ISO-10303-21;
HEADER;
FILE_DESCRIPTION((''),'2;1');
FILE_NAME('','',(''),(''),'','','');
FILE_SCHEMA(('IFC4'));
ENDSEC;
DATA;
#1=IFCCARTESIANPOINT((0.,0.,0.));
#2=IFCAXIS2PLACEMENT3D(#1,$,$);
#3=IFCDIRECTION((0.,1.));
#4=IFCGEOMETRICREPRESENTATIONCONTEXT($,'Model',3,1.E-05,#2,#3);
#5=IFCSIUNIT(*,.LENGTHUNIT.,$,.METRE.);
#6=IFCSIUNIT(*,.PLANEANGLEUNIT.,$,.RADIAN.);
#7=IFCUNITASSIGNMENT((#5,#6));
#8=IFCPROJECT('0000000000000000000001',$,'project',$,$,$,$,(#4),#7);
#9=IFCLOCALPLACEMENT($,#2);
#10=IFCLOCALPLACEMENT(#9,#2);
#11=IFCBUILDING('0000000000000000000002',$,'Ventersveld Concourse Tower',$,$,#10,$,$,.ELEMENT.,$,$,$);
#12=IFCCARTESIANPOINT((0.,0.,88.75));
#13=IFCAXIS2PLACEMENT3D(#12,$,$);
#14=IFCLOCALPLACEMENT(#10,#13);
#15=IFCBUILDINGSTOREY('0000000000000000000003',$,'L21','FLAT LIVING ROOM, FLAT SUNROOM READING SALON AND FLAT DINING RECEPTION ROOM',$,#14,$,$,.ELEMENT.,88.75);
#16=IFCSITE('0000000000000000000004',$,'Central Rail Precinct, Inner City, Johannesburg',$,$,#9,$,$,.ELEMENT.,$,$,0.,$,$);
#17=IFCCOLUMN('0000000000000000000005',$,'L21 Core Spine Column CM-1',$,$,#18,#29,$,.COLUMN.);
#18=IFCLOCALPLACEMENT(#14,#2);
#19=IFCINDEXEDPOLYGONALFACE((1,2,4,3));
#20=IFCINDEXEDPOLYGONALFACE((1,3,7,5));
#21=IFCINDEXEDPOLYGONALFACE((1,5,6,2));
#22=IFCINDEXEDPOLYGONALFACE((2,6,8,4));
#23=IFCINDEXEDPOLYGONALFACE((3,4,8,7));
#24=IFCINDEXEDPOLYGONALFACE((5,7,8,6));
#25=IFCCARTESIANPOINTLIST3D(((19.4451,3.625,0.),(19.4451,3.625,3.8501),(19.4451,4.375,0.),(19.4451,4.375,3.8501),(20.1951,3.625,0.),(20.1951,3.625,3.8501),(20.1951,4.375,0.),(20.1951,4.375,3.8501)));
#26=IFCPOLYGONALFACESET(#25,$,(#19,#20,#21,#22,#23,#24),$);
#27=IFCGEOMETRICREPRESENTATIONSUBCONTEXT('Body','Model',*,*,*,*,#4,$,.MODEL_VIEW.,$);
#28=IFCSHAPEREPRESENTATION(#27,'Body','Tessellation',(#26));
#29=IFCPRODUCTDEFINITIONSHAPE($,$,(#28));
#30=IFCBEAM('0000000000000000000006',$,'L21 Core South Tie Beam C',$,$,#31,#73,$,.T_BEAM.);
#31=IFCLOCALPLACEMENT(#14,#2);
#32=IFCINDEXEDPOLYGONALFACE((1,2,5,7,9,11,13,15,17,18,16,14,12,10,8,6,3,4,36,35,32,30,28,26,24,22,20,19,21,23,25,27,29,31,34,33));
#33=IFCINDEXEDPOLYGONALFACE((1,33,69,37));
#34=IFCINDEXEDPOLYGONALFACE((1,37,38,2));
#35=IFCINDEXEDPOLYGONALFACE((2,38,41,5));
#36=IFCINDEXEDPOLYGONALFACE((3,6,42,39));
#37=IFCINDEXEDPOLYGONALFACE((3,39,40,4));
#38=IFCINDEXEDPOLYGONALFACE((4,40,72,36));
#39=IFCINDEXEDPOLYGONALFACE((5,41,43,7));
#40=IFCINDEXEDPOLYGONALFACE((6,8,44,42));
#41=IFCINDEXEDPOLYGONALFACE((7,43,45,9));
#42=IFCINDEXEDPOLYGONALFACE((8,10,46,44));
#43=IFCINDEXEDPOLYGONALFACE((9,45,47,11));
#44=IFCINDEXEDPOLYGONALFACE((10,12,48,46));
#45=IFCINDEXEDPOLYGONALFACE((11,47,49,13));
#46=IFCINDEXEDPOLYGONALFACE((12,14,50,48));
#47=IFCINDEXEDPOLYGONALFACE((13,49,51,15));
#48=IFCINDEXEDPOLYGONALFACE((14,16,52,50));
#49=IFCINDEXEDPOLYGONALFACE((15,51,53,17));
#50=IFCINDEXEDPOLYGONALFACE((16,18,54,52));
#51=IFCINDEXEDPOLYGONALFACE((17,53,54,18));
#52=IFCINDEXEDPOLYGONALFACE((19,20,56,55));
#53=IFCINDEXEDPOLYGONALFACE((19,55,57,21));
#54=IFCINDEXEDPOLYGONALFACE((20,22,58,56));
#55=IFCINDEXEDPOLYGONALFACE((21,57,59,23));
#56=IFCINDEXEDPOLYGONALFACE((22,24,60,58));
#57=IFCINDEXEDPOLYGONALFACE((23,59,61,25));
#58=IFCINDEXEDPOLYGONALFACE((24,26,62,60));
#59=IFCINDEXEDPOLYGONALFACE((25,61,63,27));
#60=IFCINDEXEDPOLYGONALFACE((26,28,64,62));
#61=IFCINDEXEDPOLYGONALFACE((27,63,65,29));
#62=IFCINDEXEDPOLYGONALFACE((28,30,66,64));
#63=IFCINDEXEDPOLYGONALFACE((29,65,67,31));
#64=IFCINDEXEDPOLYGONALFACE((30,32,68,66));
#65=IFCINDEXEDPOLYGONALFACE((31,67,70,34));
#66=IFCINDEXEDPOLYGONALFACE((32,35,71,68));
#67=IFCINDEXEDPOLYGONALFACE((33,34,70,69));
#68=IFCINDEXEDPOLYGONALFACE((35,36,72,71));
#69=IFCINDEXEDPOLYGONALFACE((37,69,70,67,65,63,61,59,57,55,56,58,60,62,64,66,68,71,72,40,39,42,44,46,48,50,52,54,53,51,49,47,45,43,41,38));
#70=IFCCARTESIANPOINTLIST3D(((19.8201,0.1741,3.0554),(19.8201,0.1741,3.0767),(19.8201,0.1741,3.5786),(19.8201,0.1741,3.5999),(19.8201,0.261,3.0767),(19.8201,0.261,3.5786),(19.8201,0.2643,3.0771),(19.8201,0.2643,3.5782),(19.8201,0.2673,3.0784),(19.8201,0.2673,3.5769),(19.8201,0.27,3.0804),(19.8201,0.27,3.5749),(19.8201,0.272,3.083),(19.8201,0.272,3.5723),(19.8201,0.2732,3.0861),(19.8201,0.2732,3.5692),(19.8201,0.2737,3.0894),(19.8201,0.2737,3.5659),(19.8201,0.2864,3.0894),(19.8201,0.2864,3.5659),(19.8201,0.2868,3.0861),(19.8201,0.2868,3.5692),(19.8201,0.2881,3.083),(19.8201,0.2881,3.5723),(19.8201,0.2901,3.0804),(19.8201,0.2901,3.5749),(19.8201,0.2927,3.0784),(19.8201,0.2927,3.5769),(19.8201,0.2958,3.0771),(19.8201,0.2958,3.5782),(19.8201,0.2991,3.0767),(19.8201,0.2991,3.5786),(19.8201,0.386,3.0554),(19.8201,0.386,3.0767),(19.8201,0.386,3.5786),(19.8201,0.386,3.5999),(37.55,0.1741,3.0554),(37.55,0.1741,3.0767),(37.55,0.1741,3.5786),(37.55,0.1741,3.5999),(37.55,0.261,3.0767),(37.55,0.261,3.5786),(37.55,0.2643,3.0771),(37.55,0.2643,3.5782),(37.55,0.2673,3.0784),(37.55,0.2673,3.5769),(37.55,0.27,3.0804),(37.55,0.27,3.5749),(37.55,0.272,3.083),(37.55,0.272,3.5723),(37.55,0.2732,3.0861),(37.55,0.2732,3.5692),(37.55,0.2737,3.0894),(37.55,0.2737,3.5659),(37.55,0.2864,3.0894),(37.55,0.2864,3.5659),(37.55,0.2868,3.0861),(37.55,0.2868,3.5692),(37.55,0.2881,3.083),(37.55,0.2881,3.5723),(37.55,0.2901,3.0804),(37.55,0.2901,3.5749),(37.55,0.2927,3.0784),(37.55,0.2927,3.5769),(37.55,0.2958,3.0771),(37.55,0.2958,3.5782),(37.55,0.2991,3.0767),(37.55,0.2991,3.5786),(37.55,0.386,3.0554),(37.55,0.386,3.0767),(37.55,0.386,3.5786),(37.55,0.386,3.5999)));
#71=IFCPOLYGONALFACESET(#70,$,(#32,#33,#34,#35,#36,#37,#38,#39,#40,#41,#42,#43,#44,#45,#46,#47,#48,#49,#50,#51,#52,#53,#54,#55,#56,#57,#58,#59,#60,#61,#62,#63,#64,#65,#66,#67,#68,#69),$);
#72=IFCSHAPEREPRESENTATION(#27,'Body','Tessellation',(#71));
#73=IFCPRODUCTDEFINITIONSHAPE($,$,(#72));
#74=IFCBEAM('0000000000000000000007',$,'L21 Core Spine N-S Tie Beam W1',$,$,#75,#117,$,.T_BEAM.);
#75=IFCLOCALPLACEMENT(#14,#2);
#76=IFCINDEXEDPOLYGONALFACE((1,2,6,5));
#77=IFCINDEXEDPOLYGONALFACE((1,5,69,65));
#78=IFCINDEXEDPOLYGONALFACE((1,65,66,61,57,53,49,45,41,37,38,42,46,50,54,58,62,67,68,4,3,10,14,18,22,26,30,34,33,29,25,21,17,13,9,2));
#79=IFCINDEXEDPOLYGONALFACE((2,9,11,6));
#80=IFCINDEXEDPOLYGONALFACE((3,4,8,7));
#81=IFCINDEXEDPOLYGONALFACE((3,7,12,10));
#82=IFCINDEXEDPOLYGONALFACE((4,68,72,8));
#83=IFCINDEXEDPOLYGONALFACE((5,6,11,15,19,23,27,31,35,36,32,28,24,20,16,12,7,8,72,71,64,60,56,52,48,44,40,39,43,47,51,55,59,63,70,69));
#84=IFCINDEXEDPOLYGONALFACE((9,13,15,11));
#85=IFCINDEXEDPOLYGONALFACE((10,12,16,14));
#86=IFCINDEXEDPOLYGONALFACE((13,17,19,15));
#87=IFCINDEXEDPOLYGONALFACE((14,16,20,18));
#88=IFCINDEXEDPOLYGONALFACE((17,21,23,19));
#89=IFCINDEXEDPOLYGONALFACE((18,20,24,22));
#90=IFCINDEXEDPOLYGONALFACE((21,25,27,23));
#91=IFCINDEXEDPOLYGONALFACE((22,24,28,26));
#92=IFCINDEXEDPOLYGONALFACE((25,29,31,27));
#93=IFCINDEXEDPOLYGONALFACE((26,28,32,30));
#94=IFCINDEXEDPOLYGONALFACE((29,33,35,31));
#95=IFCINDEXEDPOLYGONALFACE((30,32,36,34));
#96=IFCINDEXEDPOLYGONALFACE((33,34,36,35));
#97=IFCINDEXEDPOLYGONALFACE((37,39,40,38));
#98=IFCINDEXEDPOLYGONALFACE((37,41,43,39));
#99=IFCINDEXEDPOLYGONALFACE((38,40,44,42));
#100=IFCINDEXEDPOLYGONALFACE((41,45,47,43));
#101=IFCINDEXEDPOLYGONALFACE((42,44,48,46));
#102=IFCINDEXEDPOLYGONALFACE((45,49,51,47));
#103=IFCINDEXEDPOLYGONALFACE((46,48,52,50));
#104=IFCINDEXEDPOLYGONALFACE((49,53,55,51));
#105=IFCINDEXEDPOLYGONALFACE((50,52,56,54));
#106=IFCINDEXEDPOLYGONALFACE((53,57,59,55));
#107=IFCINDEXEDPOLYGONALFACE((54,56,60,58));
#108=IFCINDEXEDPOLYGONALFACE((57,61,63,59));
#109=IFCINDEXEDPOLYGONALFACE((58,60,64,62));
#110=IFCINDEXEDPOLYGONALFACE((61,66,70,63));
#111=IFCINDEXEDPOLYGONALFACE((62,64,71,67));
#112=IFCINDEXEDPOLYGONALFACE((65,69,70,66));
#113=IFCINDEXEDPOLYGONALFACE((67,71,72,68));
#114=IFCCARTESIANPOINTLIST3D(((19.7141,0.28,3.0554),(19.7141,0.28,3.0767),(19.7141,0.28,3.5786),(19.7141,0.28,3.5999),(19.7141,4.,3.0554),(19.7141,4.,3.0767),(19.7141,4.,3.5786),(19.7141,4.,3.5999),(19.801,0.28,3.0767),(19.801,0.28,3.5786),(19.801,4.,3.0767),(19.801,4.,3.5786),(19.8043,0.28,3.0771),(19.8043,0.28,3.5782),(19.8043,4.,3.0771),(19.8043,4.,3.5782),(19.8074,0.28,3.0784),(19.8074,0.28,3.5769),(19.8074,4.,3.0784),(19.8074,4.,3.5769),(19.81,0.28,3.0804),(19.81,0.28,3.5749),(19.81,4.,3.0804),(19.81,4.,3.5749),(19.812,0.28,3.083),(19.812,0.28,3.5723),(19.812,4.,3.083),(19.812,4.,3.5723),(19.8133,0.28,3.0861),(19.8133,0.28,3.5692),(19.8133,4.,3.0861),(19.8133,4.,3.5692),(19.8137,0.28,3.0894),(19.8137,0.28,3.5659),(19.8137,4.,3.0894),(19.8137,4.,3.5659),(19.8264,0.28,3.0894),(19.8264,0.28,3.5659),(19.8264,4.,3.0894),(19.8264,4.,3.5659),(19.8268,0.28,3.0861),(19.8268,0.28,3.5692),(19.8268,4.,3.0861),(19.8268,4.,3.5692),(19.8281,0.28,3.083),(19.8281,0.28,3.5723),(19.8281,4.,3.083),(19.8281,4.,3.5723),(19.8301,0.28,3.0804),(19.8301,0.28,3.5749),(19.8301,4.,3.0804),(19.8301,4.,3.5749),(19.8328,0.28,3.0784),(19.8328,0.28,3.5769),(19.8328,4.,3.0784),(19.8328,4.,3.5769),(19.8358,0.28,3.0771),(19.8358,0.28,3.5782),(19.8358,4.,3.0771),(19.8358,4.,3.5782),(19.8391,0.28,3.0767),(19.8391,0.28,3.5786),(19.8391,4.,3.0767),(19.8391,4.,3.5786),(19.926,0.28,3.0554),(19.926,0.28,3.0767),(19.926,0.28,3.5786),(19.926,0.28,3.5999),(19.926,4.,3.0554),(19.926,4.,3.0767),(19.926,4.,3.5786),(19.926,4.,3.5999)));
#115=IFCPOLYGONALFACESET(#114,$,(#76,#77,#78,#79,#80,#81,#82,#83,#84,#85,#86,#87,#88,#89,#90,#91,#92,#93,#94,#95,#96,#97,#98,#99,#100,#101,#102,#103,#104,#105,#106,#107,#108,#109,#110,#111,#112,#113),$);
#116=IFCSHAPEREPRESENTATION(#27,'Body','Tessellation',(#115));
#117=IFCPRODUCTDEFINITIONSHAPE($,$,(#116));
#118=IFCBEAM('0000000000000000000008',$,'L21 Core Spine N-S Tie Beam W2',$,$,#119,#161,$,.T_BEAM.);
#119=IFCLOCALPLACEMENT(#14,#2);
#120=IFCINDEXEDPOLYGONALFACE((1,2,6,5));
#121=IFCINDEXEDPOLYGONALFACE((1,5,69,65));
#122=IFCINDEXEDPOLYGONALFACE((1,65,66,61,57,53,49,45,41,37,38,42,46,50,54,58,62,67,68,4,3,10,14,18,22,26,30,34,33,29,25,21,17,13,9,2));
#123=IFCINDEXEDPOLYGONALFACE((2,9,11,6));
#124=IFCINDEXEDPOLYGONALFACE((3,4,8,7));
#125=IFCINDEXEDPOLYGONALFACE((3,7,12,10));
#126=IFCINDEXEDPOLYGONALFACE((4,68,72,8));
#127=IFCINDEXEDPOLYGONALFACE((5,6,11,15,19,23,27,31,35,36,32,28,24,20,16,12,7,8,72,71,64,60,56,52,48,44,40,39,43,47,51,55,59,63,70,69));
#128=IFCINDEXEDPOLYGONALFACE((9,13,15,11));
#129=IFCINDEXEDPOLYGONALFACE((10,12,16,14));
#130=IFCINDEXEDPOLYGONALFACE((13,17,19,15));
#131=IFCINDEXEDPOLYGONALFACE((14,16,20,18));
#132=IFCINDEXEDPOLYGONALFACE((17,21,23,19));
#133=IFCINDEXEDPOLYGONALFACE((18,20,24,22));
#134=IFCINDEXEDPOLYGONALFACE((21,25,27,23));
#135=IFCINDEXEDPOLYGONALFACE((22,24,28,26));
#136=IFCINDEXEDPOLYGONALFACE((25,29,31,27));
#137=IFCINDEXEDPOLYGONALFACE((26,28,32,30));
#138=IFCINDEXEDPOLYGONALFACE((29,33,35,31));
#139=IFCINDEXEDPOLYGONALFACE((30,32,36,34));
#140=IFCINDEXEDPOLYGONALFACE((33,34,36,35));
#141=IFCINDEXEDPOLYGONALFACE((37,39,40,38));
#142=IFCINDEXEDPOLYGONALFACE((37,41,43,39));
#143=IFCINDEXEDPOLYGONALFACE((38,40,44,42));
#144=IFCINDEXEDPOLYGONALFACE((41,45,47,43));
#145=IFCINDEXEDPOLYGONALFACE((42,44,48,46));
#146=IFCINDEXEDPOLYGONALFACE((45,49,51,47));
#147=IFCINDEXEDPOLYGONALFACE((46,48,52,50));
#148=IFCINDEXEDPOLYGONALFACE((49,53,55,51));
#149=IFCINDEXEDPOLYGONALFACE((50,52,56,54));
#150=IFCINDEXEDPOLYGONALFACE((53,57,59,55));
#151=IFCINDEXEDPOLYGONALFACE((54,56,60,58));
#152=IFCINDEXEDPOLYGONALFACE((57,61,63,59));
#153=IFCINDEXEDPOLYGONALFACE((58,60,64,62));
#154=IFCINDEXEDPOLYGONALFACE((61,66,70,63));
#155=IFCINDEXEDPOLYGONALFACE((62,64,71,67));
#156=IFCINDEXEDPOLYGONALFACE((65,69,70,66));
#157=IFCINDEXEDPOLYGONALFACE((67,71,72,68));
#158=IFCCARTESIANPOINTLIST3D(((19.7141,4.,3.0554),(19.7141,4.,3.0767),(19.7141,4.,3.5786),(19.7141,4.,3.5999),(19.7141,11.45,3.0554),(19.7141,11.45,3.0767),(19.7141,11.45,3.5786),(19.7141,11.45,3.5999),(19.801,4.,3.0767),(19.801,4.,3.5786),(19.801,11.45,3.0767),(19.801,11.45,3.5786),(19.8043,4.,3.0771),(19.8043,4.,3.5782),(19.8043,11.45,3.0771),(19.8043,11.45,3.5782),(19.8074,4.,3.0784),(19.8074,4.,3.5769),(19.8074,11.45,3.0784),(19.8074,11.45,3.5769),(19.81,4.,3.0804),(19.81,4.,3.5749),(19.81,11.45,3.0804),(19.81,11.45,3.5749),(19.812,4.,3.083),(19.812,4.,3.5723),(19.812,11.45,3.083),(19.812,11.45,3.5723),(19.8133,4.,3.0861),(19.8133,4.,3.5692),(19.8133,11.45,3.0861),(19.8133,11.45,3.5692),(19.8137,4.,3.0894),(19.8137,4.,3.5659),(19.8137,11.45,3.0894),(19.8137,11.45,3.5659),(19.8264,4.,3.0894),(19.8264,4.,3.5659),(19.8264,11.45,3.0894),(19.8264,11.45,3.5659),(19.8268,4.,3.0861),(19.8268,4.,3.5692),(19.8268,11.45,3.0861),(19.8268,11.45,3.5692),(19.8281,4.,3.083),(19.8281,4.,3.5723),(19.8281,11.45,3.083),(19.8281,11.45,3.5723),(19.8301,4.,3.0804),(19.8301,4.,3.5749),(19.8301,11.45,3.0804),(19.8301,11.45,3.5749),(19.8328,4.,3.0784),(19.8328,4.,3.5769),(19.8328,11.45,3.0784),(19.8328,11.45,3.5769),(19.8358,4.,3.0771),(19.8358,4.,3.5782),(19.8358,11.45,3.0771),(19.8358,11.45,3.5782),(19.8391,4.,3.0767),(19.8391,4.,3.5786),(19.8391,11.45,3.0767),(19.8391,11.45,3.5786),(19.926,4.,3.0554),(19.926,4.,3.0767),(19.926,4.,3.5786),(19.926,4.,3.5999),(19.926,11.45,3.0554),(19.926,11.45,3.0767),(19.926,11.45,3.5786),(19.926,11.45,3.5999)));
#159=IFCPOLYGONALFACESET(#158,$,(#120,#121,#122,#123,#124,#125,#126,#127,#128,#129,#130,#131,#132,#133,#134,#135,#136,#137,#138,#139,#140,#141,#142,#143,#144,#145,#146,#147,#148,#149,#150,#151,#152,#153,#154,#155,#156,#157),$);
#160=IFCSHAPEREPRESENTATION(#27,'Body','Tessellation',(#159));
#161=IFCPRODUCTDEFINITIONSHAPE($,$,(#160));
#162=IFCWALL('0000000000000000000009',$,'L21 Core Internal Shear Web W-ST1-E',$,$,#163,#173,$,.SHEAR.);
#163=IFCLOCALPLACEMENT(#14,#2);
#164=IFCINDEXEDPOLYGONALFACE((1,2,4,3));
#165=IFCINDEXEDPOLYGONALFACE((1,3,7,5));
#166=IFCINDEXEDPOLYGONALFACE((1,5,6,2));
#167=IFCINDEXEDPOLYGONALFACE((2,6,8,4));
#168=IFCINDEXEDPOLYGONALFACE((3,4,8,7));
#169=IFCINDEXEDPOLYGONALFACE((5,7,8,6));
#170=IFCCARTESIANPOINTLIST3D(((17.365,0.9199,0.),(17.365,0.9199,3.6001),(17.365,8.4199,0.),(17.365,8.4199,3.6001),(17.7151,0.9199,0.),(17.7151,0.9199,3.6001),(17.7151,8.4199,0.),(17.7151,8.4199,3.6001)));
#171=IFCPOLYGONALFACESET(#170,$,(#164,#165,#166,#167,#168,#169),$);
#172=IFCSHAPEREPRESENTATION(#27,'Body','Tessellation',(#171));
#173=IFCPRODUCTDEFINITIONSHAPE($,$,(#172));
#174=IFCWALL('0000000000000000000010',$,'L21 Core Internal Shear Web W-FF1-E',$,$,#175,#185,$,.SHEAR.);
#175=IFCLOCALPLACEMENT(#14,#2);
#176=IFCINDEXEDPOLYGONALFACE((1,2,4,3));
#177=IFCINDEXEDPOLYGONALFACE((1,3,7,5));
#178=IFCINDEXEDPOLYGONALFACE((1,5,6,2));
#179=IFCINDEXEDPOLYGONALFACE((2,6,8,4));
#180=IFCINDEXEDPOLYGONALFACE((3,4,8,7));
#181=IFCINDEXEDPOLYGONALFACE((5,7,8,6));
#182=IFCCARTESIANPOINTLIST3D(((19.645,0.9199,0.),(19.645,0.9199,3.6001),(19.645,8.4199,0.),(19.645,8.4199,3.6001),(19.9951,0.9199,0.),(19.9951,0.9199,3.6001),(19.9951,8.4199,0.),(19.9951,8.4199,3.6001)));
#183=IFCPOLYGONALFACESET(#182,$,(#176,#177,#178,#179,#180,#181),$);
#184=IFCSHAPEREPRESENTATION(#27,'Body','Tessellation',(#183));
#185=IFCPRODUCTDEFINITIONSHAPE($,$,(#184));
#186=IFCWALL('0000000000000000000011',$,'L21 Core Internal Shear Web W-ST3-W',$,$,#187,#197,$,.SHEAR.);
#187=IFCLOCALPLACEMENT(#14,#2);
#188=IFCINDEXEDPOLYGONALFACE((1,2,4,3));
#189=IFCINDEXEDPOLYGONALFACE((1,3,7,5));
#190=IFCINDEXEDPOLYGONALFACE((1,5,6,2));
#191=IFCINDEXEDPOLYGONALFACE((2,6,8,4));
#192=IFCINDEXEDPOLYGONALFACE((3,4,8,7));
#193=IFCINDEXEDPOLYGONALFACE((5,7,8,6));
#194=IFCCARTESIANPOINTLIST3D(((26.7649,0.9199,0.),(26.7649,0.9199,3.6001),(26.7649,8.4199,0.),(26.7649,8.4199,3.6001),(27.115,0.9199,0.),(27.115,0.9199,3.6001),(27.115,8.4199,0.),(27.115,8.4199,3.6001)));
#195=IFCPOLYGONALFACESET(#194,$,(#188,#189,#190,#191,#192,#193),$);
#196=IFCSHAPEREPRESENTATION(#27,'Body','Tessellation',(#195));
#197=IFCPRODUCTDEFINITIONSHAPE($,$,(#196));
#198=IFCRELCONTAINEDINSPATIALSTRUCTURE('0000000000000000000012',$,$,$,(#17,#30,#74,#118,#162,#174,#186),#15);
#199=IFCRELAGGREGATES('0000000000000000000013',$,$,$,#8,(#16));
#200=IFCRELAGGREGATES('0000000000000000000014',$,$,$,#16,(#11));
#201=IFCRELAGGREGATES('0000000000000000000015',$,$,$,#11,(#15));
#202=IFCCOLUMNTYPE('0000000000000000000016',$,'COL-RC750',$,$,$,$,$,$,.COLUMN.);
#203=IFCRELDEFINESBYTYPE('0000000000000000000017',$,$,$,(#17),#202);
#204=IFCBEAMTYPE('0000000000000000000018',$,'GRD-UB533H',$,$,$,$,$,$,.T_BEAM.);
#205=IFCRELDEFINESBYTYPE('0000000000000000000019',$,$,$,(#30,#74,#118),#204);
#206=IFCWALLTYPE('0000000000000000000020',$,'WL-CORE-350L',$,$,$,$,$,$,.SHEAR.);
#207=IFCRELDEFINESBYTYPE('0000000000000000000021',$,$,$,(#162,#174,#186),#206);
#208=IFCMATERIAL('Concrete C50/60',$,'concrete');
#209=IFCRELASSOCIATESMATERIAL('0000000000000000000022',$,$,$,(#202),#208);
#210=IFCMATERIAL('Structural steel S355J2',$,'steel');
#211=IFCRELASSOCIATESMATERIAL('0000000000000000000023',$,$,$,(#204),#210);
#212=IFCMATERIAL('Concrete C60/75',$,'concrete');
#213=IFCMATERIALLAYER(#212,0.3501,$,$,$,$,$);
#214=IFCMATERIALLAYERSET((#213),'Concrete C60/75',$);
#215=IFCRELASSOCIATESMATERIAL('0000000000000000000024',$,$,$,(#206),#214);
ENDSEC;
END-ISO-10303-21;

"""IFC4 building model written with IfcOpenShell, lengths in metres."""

from ifc_helpers import new_model, si_unit, direction, frame, frame_2d, origin, origin_2d, place, context, subcontext, project, spatial, rectangle, i_section, extrude, material, layer, layer_set, material_profile, profile_set, type_object, element, save


model = new_model("IFC4")

# Units and contexts
model_context = context("Model", 3, precision=1e-05, world=origin(), true_north=direction((0.0, 1.0)))
body_context = subcontext(model_context, "Body", "Model", "MODEL_VIEW")
ifc_project = project(units=[si_unit("LENGTHUNIT", "METRE"), si_unit("PLANEANGLEUNIT", "RADIAN")], contexts=[model_context])

# Site, building, storey
site_placement = place(None, origin())
site = spatial("IfcSite", under=ifc_project, at=site_placement, Name="Central Rail Precinct, Inner City, Johannesburg", CompositionType="ELEMENT", RefElevation=0.0)
building_placement = place(site_placement, origin())
building = spatial("IfcBuilding", under=site, at=building_placement, Name="Ventersveld Concourse Tower", CompositionType="ELEMENT")
storey_placement = place(building_placement, frame((0.0, 0.0, 88.75)))
storey = spatial("IfcBuildingStorey", under=building, at=storey_placement, Name="L21", Description="FLAT LIVING ROOM, FLAT SUNROOM READING SALON AND FLAT DINING RECEPTION ROOM", CompositionType="ELEMENT", Elevation=88.75)

# Column
ifc_material_1 = material(Name="Concrete C50/60", Category="concrete")
ifc_material_profile_1 = material_profile(ifc_material_1, rectangle(XDim=0.75, YDim=0.75, at=origin_2d()), Name="RC 750x750")
ifc_profile_set_1 = profile_set([ifc_material_profile_1], Name="Concrete C50/60")
column_type = type_object("IfcColumnType", Name="COL-RC750", PredefinedType="COLUMN", material=ifc_profile_set_1)
column_placement = place(storey_placement, frame((19.8201, 4.0, 0.0), z_axis=(0.0, 0.0, 1.0), x_axis=(1.0, 0.0, 0.0)))
element("IfcColumn", 1, at=column_placement, inside=storey, type_object=column_type, Name="L21 Core Spine Column CM-1", PredefinedType="COLUMN", context=body_context, shape_type="SweptSolid", body=[
    extrude(rectangle(XDim=0.75, YDim=0.75, at=origin_2d()), origin(), (0.0, 0.0, 1.0), 3.8501),
])

# Beams
ifc_material_2 = material(Name="Structural steel S355J2", Category="steel")
ifc_material_profile_2 = material_profile(ifc_material_2, i_section(OverallWidth=0.2119, OverallDepth=0.5444, WebThickness=0.0127, FlangeThickness=0.0212, FilletRadius=0.0127, at=origin_2d()), Name="UB 533x210x122")
ifc_profile_set_2 = profile_set([ifc_material_profile_2], Name="Structural steel S355J2")
beam_type = type_object("IfcBeamType", Name="GRD-UB533H", PredefinedType="T_BEAM", material=ifc_profile_set_2)
beam_1_placement = place(storey_placement, frame((19.8201, 0.28, 3.3276), z_axis=(1.0, 0.0, 0.0), x_axis=(0.0, 1.0, 0.0)))
element("IfcBeam", 2, at=beam_1_placement, inside=storey, type_object=beam_type, Name="L21 Core South Tie Beam C", PredefinedType="T_BEAM", context=body_context, shape_type="SweptSolid", body=[
    extrude(i_section(OverallWidth=0.2119, OverallDepth=0.5444, WebThickness=0.0127, FlangeThickness=0.0212, FilletRadius=0.0127, at=origin_2d()), origin(), (0.0, 0.0, 1.0), 17.73),
])
beam_2_placement = place(storey_placement, frame((19.8201, 0.28, 3.3276), z_axis=(0.0, 1.0, 0.0), x_axis=(-1.0, 0.0, 0.0)))
element("IfcBeam", 3, at=beam_2_placement, inside=storey, type_object=beam_type, Name="L21 Core Spine N-S Tie Beam W1", PredefinedType="T_BEAM", context=body_context, shape_type="SweptSolid", body=[
    extrude(i_section(OverallWidth=0.2119, OverallDepth=0.5444, WebThickness=0.0127, FlangeThickness=0.0212, FilletRadius=0.0127, at=origin_2d()), origin(), (0.0, 0.0, 1.0), 3.72),
])
beam_3_placement = place(storey_placement, frame((19.8201, 4.0, 3.3276), z_axis=(0.0, 1.0, 0.0), x_axis=(-1.0, 0.0, 0.0)))
element("IfcBeam", 4, at=beam_3_placement, inside=storey, type_object=beam_type, Name="L21 Core Spine N-S Tie Beam W2", PredefinedType="T_BEAM", context=body_context, shape_type="SweptSolid", body=[
    extrude(i_section(OverallWidth=0.2119, OverallDepth=0.5444, WebThickness=0.0127, FlangeThickness=0.0212, FilletRadius=0.0127, at=origin_2d()), origin(), (0.0, 0.0, 1.0), 7.45),
])

# Walls
ifc_material_3 = material(Name="Concrete C60/75", Category="concrete")
ifc_layer_1 = layer(ifc_material_3, 0.3501)
ifc_layer_set_1 = layer_set([ifc_layer_1], Name="Concrete C60/75")
wall_type_1 = type_object("IfcWallType", Name="WL-CORE-350L", PredefinedType="SHEAR", material=ifc_layer_set_1)
for number, where, z_axis, x_axis, name in (
    (5, (17.54, 0.9199, 0.0), (0.0, 0.0, 1.0), (0.0, 1.0, 0.0), "L21 Core Internal Shear Web W-ST1-E"),
    (6, (19.8201, 0.9199, 0.0), (0.0, 0.0, 1.0), (0.0, 1.0, 0.0), "L21 Core Internal Shear Web W-FF1-E"),
    (7, (26.9399, 0.9199, 0.0), (0.0, 0.0, 1.0), (0.0, 1.0, 0.0), "L21 Core Internal Shear Web W-ST3-W"),
):
    element("IfcWall", number, at=place(storey_placement, frame(where, z_axis=z_axis, x_axis=x_axis)), inside=storey, type_object=wall_type_1, Name=name, PredefinedType="SHEAR", context=body_context, shape_type="SweptSolid", body=[
        extrude(rectangle(XDim=7.5, YDim=0.3501, at=frame_2d((3.75, 0.0))), origin(), (0.0, 0.0, 1.0), 3.6001),
    ])

save(model, "model.ifc")
